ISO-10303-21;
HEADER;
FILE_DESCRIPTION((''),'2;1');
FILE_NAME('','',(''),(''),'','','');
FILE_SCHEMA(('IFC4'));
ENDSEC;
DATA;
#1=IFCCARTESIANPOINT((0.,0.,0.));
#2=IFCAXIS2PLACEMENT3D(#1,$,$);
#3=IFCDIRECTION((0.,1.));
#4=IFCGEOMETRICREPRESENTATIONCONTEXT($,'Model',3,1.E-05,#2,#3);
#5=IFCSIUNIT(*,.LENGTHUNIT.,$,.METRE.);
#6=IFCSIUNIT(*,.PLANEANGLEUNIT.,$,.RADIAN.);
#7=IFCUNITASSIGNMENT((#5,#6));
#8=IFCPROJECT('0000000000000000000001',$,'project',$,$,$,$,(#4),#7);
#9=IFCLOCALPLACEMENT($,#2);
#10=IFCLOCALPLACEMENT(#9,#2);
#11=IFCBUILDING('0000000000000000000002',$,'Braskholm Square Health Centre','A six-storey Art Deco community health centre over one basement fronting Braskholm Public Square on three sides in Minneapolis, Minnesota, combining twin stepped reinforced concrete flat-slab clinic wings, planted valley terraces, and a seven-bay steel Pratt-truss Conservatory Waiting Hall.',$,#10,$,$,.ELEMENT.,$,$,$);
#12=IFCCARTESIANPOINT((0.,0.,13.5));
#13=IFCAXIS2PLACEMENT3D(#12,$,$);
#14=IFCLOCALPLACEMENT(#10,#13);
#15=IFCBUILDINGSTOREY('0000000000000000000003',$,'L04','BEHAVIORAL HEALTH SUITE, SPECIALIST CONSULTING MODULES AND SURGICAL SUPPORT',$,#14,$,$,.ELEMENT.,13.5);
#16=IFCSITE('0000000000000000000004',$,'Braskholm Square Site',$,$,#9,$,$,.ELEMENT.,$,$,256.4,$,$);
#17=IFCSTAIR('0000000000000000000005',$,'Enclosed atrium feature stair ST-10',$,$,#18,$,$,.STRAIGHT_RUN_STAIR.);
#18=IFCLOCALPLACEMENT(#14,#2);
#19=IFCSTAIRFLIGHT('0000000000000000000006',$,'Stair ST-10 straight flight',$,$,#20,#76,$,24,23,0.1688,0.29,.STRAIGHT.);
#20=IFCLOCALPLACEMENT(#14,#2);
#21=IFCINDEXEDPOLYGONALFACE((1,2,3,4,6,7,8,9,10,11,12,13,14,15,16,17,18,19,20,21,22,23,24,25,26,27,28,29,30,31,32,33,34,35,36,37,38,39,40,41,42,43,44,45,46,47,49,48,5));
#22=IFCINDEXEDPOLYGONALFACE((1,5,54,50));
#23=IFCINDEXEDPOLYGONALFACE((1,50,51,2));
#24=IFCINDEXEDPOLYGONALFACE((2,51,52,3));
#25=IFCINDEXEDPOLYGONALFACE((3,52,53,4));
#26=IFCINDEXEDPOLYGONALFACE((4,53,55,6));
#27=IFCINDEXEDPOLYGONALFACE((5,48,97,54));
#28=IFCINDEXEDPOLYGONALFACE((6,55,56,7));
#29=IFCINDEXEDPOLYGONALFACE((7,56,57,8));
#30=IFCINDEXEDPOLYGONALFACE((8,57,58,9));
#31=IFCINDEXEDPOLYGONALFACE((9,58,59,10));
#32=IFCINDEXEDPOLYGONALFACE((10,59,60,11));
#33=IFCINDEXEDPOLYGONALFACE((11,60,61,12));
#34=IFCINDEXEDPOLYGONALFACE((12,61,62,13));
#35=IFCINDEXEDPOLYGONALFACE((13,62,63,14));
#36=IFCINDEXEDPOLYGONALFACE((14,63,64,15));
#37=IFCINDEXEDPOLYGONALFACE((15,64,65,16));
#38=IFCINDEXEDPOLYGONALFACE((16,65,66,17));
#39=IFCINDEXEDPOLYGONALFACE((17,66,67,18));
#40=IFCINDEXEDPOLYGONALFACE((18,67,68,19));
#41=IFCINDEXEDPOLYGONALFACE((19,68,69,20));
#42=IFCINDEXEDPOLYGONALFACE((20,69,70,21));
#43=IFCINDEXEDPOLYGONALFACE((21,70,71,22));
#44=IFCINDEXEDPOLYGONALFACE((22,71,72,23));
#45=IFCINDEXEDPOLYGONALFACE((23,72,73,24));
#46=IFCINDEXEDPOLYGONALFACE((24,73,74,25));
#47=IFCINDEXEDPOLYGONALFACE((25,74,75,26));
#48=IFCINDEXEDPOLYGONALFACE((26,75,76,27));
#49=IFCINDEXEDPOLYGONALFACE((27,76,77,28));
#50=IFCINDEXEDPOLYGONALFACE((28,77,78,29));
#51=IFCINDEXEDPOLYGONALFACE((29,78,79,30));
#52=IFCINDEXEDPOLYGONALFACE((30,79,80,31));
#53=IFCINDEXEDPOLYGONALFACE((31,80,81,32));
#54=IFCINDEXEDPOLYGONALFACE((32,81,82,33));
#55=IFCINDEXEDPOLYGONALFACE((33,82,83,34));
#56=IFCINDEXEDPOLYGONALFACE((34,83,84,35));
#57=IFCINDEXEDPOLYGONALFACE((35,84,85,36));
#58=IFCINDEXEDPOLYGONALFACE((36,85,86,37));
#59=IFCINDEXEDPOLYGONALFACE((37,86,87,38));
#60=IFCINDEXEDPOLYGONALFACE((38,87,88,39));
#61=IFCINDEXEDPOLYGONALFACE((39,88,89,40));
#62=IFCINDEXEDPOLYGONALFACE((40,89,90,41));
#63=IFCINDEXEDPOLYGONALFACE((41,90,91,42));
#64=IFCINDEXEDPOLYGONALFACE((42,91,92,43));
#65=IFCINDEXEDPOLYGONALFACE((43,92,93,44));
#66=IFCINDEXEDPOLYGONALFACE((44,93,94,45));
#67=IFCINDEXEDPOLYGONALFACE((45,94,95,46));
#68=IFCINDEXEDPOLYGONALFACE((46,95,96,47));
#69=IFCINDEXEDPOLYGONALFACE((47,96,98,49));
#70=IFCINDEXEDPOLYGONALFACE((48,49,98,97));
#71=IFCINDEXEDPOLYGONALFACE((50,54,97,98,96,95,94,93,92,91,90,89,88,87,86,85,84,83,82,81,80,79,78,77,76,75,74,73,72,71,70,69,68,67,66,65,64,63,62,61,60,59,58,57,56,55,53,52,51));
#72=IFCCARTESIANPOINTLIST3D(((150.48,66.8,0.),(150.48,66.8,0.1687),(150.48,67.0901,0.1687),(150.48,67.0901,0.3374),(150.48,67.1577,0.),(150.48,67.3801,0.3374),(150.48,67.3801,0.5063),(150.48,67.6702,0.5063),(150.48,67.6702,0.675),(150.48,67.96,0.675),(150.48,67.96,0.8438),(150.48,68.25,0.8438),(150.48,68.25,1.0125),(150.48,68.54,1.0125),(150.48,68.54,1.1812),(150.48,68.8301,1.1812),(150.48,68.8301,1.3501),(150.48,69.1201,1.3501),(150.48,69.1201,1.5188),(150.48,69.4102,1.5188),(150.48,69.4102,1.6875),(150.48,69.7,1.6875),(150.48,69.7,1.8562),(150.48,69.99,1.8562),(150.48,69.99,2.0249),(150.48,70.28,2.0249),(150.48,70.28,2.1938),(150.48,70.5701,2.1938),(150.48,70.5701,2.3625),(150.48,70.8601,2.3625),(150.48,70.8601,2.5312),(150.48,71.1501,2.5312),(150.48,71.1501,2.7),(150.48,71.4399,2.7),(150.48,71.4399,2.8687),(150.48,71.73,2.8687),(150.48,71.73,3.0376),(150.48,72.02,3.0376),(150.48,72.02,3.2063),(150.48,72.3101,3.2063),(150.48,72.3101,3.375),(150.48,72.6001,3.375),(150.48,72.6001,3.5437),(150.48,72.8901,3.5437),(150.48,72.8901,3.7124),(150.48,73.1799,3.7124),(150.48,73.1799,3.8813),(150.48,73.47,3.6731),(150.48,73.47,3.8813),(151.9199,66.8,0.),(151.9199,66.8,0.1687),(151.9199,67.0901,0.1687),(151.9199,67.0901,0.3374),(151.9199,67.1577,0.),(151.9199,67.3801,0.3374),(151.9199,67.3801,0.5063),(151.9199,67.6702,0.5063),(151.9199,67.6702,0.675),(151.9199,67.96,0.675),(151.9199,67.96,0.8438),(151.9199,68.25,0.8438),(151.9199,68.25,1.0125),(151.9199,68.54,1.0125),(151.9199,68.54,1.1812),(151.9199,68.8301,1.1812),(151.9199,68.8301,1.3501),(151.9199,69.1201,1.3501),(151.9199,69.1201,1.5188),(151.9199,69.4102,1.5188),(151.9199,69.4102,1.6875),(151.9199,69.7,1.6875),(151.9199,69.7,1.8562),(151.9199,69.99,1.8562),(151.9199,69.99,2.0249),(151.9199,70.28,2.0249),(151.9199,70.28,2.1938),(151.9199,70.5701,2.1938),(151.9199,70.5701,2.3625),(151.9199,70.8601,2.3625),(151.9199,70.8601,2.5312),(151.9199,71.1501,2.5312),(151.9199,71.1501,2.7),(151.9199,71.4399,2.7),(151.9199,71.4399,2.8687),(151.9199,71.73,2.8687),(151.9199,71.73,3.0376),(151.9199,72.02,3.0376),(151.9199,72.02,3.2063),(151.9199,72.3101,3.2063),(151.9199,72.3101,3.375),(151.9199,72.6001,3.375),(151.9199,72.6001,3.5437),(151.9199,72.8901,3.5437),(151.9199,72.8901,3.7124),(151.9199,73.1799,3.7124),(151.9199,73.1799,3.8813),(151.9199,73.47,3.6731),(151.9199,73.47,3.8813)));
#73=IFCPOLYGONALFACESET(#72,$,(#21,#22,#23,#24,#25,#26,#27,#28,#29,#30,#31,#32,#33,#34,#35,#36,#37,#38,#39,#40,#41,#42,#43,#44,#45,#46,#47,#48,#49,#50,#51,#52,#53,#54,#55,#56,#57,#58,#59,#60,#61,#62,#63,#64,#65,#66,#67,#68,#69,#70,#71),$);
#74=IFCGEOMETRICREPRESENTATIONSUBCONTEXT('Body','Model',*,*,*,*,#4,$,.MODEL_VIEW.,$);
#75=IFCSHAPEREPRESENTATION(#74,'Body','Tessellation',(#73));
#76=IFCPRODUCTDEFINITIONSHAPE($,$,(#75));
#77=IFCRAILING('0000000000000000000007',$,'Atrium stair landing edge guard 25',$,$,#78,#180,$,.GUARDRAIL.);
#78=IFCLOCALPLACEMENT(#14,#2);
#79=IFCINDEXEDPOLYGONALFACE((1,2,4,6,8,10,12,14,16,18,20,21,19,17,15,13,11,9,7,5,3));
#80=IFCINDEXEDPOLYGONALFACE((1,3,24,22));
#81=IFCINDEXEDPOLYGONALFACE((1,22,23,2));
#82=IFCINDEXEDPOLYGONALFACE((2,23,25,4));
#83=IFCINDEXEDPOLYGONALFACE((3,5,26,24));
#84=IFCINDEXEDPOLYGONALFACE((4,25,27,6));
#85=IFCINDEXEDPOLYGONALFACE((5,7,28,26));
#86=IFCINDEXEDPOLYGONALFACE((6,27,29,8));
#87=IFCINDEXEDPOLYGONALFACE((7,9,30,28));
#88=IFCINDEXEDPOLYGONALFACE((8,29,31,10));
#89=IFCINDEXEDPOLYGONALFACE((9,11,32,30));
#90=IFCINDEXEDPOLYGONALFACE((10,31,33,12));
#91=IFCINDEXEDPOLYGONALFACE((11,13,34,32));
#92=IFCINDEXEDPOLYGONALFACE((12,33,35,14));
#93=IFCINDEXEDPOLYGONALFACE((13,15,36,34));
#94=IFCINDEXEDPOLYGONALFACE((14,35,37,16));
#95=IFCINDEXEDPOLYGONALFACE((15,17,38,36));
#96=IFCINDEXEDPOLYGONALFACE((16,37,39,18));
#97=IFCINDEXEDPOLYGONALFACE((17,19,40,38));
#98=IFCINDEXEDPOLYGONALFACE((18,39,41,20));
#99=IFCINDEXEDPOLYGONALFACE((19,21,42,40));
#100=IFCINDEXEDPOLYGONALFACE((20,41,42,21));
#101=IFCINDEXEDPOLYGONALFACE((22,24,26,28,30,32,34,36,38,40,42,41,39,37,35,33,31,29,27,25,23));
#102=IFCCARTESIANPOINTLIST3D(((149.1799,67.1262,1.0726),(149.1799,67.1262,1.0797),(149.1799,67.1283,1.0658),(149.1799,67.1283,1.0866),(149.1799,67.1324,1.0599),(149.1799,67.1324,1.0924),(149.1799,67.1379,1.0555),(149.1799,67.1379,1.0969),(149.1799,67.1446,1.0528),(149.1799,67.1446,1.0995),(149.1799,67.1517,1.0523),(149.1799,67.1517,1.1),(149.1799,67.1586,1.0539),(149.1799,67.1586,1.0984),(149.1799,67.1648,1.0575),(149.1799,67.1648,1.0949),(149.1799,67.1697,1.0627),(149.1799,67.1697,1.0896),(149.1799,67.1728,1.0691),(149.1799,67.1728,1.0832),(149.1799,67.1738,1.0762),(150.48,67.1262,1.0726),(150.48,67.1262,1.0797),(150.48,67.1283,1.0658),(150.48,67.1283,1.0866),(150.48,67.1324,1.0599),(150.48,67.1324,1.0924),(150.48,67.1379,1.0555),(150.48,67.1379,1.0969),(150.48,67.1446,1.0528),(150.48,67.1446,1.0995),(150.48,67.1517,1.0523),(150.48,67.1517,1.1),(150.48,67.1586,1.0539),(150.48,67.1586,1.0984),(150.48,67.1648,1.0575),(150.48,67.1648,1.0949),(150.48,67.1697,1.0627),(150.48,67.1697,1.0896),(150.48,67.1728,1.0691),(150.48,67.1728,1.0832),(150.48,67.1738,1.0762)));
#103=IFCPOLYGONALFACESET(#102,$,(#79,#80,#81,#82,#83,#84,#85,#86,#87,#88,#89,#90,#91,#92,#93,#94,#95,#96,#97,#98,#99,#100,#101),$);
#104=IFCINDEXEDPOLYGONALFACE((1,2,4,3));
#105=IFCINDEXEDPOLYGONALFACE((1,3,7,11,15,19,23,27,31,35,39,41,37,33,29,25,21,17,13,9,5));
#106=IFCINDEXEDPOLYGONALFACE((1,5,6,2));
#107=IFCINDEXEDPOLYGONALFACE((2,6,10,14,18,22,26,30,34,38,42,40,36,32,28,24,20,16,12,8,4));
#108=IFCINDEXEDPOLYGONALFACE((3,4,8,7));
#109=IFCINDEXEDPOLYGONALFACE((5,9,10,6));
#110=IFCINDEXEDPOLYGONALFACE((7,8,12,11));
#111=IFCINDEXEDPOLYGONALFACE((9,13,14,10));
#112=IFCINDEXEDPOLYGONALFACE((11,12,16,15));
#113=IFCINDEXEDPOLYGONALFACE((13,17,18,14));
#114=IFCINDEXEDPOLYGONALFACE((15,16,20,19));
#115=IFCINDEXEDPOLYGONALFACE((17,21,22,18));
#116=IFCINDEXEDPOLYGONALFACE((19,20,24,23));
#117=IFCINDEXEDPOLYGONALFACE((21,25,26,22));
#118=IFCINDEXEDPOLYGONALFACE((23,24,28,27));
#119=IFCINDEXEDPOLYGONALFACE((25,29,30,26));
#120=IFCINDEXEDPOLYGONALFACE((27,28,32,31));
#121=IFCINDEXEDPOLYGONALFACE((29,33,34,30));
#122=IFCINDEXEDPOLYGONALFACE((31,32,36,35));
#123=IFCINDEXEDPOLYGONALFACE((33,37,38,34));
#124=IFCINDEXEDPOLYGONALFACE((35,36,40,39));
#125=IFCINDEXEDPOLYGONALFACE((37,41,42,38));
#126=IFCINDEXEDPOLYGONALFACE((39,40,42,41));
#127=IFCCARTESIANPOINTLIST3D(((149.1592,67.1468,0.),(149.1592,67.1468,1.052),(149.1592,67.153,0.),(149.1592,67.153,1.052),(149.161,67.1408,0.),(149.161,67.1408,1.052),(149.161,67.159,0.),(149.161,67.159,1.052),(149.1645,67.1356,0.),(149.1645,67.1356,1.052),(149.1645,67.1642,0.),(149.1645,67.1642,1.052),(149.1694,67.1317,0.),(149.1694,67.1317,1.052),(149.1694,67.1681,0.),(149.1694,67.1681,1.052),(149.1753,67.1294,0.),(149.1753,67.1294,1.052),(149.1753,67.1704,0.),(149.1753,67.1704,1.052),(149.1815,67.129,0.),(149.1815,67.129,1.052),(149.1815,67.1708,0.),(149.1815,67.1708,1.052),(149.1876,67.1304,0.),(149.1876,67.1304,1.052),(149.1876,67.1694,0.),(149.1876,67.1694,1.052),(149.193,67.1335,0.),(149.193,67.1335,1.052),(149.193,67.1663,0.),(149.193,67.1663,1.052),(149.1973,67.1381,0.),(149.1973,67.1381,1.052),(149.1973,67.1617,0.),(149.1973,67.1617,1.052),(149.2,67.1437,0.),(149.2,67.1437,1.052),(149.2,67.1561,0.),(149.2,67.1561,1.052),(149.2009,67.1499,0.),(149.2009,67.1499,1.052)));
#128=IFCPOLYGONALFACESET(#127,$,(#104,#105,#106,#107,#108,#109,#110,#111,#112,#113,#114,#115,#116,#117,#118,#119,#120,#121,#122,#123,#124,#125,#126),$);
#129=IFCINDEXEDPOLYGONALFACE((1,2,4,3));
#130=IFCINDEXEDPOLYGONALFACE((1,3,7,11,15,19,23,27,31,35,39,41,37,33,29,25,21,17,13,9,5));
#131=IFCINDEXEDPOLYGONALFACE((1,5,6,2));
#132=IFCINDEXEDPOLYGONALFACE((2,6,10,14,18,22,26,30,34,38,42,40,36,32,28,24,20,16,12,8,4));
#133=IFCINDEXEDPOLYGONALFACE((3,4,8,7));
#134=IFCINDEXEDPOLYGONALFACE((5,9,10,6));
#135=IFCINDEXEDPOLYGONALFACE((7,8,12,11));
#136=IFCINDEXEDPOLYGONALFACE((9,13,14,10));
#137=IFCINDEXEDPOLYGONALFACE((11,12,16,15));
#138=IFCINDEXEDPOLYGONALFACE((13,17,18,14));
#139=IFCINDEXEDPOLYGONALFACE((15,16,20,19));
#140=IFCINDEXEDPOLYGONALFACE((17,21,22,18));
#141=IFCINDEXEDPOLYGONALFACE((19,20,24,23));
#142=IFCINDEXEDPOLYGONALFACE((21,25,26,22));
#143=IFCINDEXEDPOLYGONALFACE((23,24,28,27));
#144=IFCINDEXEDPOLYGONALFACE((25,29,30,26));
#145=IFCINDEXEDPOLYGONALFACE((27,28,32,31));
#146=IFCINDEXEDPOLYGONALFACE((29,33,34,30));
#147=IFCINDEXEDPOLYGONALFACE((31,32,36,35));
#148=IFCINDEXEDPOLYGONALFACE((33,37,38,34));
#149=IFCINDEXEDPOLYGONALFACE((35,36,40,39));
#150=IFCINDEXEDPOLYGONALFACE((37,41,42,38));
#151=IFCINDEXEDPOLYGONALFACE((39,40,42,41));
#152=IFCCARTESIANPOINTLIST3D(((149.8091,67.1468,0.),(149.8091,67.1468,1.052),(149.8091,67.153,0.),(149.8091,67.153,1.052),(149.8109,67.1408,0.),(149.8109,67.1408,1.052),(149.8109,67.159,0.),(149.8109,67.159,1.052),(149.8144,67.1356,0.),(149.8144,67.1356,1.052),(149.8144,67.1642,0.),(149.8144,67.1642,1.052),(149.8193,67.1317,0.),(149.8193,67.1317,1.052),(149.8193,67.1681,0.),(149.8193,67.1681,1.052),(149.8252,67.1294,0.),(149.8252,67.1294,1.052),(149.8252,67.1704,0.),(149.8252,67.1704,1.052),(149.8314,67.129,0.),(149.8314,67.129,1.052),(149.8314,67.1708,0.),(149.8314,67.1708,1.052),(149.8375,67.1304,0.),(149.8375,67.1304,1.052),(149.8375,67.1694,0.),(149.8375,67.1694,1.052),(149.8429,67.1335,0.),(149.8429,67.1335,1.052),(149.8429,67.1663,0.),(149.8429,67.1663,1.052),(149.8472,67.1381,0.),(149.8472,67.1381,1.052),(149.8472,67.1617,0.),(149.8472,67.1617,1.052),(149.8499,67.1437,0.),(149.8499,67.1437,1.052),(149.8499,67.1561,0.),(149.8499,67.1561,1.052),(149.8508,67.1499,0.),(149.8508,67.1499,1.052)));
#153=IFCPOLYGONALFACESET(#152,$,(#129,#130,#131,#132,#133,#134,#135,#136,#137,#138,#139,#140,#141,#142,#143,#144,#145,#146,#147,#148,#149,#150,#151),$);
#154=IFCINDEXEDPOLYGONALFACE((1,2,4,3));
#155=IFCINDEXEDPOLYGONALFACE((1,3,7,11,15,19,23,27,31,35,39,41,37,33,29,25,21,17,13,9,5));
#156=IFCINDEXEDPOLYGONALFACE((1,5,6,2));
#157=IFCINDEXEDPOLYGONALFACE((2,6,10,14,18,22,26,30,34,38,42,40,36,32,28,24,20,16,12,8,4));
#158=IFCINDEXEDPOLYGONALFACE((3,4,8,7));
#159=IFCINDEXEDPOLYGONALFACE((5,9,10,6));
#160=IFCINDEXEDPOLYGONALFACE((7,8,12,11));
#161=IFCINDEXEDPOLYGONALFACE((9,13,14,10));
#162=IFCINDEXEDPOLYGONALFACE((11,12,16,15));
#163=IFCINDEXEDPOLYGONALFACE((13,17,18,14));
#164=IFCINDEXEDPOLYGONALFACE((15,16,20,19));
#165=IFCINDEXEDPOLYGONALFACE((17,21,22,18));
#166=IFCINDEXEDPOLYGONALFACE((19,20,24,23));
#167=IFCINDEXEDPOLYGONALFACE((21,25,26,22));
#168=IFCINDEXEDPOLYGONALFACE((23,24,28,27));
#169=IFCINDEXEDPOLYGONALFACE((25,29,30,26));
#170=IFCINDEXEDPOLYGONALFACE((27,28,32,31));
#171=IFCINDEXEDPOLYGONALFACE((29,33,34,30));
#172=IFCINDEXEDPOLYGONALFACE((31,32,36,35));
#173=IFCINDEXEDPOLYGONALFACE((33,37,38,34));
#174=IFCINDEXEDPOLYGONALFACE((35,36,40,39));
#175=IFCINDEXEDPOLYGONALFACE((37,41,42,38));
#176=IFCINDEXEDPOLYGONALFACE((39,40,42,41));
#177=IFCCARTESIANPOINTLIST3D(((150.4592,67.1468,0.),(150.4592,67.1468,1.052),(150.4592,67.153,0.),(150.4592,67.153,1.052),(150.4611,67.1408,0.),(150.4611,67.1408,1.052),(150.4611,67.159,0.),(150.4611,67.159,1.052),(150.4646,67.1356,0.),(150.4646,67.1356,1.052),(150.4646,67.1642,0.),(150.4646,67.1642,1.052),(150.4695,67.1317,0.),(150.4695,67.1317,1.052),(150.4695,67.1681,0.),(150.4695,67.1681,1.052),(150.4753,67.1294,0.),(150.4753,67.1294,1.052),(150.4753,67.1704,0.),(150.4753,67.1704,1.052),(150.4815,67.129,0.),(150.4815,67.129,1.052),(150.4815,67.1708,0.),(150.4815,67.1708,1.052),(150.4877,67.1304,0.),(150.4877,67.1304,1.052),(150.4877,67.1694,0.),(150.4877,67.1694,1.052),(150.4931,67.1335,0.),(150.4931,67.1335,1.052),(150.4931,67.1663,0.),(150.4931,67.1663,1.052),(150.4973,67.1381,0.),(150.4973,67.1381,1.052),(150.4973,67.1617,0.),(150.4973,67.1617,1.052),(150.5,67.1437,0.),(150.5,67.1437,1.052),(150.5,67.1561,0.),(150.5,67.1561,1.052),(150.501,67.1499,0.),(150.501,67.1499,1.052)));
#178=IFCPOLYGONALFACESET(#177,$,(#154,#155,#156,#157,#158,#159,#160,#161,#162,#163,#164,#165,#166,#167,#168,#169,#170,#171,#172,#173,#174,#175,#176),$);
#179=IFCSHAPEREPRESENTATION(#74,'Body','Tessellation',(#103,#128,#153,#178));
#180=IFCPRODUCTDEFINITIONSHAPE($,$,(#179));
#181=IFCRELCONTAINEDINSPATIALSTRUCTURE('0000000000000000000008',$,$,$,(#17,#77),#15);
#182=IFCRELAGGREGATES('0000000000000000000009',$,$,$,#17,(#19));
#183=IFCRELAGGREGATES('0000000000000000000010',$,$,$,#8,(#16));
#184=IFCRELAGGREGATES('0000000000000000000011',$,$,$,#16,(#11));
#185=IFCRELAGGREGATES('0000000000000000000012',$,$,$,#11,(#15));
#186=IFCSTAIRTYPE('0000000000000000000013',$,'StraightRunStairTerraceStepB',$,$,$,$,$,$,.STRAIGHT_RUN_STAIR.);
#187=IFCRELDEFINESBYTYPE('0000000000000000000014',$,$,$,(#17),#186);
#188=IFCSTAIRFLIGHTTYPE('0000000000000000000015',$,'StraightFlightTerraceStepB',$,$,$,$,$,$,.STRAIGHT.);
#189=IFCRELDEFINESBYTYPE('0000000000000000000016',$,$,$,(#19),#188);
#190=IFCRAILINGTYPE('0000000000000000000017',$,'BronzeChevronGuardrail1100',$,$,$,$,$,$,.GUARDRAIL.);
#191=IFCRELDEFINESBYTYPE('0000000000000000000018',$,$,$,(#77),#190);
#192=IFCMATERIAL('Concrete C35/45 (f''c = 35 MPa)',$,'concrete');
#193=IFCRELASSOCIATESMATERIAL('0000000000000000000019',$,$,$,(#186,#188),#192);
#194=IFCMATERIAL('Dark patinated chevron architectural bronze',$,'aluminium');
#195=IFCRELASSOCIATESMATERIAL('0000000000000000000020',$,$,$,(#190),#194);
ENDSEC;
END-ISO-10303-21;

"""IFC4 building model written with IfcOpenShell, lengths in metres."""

from ifc_helpers import new_model, si_unit, direction, frame, origin, origin_2d, place, context, subcontext, project, spatial, polyline, circle, outline, extrude, material, type_object, element, aggregate, save


model = new_model("IFC4")

# Units and contexts
model_context = context("Model", 3, precision=1e-05, world=origin(), true_north=direction((0.0, 1.0)))
body_context = subcontext(model_context, "Body", "Model", "MODEL_VIEW")
ifc_project = project(units=[si_unit("LENGTHUNIT", "METRE"), si_unit("PLANEANGLEUNIT", "RADIAN")], contexts=[model_context])

# Site, building, storey
site_placement = place(None, origin())
site = spatial("IfcSite", under=ifc_project, at=site_placement, Name="Braskholm Square Site", CompositionType="ELEMENT", RefElevation=256.4)
building_placement = place(site_placement, origin())
building = spatial("IfcBuilding", under=site, at=building_placement, Name="Braskholm Square Health Centre", Description="A six-storey Art Deco community health centre over one basement fronting Braskholm Public Square on three sides in Minneapolis, Minnesota, combining twin stepped reinforced concrete flat-slab clinic wings, planted valley terraces, and a seven-bay steel Pratt-truss Conservatory Waiting Hall.", CompositionType="ELEMENT")
storey_placement = place(building_placement, frame((0.0, 0.0, 13.5)))
storey = spatial("IfcBuildingStorey", under=building, at=storey_placement, Name="L04", Description="BEHAVIORAL HEALTH SUITE, SPECIALIST CONSULTING MODULES AND SURGICAL SUPPORT", CompositionType="ELEMENT", Elevation=13.5)

# Stair, stair flight
ifc_material_1 = material(Name="Concrete C35/45 (f'c = 35 MPa)", Category="concrete")
stair_type = type_object("IfcStairType", Name="StraightRunStairTerraceStepB", PredefinedType="STRAIGHT_RUN_STAIR", material=ifc_material_1)
stair_placement = place(storey_placement, origin())
stair = element("IfcStair", 1, at=stair_placement, inside=storey, type_object=stair_type, Name="Enclosed atrium feature stair ST-10", PredefinedType="STRAIGHT_RUN_STAIR")
stair_flight_type = type_object("IfcStairFlightType", Name="StraightFlightTerraceStepB", PredefinedType="STRAIGHT", material=ifc_material_1)
stair_flight_placement = place(storey_placement, frame((151.2, 66.8, 0.0), z_axis=(0.0, 0.0, 1.0), x_axis=(0.0, 1.0, 0.0)))
stair_flight = element("IfcStairFlight", 2, at=stair_flight_placement, type_object=stair_flight_type, Name="Stair ST-10 straight flight", NumberOfRisers=24, NumberOfTreads=23, PredefinedType="STRAIGHT", RiserHeight=0.1688, TreadLength=0.29, context=body_context, shape_type="SweptSolid", body=[
    extrude(outline(polyline([(0.0, 0.0), (0.0, 0.1687), (0.29, 0.1687), (0.29, 0.3374), (0.5801, 0.3374), (0.5801, 0.5063), (0.8701, 0.5063), (0.8701, 0.675), (1.1599, 0.675), (1.1599, 0.8438), (1.45, 0.8438), (1.45, 1.0125), (1.74, 1.0125), (1.74, 1.1812), (2.03, 1.1812), (2.03, 1.3501), (2.3201, 1.3501), (2.3201, 1.5188), (2.6101, 1.5188), (2.6101, 1.6875), (2.8999, 1.6875), (2.8999, 1.8562), (3.1899, 1.8562), (3.1899, 2.0249), (3.48, 2.0249), (3.48, 2.1938), (3.77, 2.1938), (3.77, 2.3625), (4.0601, 2.3625), (4.0601, 2.5312), (4.3501, 2.5312), (4.3501, 2.7), (4.6399, 2.7), (4.6399, 2.8687), (4.9299, 2.8687), (4.9299, 3.0376), (5.22, 3.0376), (5.22, 3.2063), (5.51, 3.2063), (5.51, 3.375), (5.8, 3.375), (5.8, 3.5437), (6.0901, 3.5437), (6.0901, 3.7124), (6.3799, 3.7124), (6.3799, 3.8813), (6.6699, 3.8813), (6.6699, 4.05), (6.6699, 3.6731), (0.3577, 0.0), (0.0, 0.0)])), frame((0.0, 0.72, 0.0), z_axis=(0.0, -1.0, 0.0), x_axis=(1.0, 0.0, 0.0)), (0.0, 0.0, 1.0), 1.4399),
])
aggregate(stair, [stair_flight])

# Railing
ifc_material_2 = material(Name="Dark patinated chevron architectural bronze", Category="aluminium")
railing_type_1 = type_object("IfcRailingType", Name="BronzeChevronGuardrail1100", PredefinedType="GUARDRAIL", material=ifc_material_2)
for number, where, name in (
    (3, (149.1799, 67.1499, 0.0), "Atrium stair landing edge guard 25"),
):
    element("IfcRailing", number, at=place(storey_placement, frame(where)), inside=storey, type_object=railing_type_1, Name=name, PredefinedType="GUARDRAIL", context=body_context, shape_type="SweptSolid", body=[
        extrude(circle(Radius=0.0239, at=origin_2d()), frame((0.0, 0.0, 1.0762), z_axis=(1.0, 0.0, 0.0), x_axis=(0.0, 1.0, 0.0)), (0.0, 0.0, 1.0), 1.3),
        extrude(circle(Radius=0.021, at=origin_2d()), origin(), (0.0, 0.0, 1.0), 1.052),
        extrude(circle(Radius=0.021, at=origin_2d()), frame((0.6499, 0.0, 0.0)), (0.0, 0.0, 1.0), 1.052),
        extrude(circle(Radius=0.021, at=origin_2d()), frame((1.3, 0.0, 0.0)), (0.0, 0.0, 1.0), 1.052),
    ])

save(model, "model.ifc")
